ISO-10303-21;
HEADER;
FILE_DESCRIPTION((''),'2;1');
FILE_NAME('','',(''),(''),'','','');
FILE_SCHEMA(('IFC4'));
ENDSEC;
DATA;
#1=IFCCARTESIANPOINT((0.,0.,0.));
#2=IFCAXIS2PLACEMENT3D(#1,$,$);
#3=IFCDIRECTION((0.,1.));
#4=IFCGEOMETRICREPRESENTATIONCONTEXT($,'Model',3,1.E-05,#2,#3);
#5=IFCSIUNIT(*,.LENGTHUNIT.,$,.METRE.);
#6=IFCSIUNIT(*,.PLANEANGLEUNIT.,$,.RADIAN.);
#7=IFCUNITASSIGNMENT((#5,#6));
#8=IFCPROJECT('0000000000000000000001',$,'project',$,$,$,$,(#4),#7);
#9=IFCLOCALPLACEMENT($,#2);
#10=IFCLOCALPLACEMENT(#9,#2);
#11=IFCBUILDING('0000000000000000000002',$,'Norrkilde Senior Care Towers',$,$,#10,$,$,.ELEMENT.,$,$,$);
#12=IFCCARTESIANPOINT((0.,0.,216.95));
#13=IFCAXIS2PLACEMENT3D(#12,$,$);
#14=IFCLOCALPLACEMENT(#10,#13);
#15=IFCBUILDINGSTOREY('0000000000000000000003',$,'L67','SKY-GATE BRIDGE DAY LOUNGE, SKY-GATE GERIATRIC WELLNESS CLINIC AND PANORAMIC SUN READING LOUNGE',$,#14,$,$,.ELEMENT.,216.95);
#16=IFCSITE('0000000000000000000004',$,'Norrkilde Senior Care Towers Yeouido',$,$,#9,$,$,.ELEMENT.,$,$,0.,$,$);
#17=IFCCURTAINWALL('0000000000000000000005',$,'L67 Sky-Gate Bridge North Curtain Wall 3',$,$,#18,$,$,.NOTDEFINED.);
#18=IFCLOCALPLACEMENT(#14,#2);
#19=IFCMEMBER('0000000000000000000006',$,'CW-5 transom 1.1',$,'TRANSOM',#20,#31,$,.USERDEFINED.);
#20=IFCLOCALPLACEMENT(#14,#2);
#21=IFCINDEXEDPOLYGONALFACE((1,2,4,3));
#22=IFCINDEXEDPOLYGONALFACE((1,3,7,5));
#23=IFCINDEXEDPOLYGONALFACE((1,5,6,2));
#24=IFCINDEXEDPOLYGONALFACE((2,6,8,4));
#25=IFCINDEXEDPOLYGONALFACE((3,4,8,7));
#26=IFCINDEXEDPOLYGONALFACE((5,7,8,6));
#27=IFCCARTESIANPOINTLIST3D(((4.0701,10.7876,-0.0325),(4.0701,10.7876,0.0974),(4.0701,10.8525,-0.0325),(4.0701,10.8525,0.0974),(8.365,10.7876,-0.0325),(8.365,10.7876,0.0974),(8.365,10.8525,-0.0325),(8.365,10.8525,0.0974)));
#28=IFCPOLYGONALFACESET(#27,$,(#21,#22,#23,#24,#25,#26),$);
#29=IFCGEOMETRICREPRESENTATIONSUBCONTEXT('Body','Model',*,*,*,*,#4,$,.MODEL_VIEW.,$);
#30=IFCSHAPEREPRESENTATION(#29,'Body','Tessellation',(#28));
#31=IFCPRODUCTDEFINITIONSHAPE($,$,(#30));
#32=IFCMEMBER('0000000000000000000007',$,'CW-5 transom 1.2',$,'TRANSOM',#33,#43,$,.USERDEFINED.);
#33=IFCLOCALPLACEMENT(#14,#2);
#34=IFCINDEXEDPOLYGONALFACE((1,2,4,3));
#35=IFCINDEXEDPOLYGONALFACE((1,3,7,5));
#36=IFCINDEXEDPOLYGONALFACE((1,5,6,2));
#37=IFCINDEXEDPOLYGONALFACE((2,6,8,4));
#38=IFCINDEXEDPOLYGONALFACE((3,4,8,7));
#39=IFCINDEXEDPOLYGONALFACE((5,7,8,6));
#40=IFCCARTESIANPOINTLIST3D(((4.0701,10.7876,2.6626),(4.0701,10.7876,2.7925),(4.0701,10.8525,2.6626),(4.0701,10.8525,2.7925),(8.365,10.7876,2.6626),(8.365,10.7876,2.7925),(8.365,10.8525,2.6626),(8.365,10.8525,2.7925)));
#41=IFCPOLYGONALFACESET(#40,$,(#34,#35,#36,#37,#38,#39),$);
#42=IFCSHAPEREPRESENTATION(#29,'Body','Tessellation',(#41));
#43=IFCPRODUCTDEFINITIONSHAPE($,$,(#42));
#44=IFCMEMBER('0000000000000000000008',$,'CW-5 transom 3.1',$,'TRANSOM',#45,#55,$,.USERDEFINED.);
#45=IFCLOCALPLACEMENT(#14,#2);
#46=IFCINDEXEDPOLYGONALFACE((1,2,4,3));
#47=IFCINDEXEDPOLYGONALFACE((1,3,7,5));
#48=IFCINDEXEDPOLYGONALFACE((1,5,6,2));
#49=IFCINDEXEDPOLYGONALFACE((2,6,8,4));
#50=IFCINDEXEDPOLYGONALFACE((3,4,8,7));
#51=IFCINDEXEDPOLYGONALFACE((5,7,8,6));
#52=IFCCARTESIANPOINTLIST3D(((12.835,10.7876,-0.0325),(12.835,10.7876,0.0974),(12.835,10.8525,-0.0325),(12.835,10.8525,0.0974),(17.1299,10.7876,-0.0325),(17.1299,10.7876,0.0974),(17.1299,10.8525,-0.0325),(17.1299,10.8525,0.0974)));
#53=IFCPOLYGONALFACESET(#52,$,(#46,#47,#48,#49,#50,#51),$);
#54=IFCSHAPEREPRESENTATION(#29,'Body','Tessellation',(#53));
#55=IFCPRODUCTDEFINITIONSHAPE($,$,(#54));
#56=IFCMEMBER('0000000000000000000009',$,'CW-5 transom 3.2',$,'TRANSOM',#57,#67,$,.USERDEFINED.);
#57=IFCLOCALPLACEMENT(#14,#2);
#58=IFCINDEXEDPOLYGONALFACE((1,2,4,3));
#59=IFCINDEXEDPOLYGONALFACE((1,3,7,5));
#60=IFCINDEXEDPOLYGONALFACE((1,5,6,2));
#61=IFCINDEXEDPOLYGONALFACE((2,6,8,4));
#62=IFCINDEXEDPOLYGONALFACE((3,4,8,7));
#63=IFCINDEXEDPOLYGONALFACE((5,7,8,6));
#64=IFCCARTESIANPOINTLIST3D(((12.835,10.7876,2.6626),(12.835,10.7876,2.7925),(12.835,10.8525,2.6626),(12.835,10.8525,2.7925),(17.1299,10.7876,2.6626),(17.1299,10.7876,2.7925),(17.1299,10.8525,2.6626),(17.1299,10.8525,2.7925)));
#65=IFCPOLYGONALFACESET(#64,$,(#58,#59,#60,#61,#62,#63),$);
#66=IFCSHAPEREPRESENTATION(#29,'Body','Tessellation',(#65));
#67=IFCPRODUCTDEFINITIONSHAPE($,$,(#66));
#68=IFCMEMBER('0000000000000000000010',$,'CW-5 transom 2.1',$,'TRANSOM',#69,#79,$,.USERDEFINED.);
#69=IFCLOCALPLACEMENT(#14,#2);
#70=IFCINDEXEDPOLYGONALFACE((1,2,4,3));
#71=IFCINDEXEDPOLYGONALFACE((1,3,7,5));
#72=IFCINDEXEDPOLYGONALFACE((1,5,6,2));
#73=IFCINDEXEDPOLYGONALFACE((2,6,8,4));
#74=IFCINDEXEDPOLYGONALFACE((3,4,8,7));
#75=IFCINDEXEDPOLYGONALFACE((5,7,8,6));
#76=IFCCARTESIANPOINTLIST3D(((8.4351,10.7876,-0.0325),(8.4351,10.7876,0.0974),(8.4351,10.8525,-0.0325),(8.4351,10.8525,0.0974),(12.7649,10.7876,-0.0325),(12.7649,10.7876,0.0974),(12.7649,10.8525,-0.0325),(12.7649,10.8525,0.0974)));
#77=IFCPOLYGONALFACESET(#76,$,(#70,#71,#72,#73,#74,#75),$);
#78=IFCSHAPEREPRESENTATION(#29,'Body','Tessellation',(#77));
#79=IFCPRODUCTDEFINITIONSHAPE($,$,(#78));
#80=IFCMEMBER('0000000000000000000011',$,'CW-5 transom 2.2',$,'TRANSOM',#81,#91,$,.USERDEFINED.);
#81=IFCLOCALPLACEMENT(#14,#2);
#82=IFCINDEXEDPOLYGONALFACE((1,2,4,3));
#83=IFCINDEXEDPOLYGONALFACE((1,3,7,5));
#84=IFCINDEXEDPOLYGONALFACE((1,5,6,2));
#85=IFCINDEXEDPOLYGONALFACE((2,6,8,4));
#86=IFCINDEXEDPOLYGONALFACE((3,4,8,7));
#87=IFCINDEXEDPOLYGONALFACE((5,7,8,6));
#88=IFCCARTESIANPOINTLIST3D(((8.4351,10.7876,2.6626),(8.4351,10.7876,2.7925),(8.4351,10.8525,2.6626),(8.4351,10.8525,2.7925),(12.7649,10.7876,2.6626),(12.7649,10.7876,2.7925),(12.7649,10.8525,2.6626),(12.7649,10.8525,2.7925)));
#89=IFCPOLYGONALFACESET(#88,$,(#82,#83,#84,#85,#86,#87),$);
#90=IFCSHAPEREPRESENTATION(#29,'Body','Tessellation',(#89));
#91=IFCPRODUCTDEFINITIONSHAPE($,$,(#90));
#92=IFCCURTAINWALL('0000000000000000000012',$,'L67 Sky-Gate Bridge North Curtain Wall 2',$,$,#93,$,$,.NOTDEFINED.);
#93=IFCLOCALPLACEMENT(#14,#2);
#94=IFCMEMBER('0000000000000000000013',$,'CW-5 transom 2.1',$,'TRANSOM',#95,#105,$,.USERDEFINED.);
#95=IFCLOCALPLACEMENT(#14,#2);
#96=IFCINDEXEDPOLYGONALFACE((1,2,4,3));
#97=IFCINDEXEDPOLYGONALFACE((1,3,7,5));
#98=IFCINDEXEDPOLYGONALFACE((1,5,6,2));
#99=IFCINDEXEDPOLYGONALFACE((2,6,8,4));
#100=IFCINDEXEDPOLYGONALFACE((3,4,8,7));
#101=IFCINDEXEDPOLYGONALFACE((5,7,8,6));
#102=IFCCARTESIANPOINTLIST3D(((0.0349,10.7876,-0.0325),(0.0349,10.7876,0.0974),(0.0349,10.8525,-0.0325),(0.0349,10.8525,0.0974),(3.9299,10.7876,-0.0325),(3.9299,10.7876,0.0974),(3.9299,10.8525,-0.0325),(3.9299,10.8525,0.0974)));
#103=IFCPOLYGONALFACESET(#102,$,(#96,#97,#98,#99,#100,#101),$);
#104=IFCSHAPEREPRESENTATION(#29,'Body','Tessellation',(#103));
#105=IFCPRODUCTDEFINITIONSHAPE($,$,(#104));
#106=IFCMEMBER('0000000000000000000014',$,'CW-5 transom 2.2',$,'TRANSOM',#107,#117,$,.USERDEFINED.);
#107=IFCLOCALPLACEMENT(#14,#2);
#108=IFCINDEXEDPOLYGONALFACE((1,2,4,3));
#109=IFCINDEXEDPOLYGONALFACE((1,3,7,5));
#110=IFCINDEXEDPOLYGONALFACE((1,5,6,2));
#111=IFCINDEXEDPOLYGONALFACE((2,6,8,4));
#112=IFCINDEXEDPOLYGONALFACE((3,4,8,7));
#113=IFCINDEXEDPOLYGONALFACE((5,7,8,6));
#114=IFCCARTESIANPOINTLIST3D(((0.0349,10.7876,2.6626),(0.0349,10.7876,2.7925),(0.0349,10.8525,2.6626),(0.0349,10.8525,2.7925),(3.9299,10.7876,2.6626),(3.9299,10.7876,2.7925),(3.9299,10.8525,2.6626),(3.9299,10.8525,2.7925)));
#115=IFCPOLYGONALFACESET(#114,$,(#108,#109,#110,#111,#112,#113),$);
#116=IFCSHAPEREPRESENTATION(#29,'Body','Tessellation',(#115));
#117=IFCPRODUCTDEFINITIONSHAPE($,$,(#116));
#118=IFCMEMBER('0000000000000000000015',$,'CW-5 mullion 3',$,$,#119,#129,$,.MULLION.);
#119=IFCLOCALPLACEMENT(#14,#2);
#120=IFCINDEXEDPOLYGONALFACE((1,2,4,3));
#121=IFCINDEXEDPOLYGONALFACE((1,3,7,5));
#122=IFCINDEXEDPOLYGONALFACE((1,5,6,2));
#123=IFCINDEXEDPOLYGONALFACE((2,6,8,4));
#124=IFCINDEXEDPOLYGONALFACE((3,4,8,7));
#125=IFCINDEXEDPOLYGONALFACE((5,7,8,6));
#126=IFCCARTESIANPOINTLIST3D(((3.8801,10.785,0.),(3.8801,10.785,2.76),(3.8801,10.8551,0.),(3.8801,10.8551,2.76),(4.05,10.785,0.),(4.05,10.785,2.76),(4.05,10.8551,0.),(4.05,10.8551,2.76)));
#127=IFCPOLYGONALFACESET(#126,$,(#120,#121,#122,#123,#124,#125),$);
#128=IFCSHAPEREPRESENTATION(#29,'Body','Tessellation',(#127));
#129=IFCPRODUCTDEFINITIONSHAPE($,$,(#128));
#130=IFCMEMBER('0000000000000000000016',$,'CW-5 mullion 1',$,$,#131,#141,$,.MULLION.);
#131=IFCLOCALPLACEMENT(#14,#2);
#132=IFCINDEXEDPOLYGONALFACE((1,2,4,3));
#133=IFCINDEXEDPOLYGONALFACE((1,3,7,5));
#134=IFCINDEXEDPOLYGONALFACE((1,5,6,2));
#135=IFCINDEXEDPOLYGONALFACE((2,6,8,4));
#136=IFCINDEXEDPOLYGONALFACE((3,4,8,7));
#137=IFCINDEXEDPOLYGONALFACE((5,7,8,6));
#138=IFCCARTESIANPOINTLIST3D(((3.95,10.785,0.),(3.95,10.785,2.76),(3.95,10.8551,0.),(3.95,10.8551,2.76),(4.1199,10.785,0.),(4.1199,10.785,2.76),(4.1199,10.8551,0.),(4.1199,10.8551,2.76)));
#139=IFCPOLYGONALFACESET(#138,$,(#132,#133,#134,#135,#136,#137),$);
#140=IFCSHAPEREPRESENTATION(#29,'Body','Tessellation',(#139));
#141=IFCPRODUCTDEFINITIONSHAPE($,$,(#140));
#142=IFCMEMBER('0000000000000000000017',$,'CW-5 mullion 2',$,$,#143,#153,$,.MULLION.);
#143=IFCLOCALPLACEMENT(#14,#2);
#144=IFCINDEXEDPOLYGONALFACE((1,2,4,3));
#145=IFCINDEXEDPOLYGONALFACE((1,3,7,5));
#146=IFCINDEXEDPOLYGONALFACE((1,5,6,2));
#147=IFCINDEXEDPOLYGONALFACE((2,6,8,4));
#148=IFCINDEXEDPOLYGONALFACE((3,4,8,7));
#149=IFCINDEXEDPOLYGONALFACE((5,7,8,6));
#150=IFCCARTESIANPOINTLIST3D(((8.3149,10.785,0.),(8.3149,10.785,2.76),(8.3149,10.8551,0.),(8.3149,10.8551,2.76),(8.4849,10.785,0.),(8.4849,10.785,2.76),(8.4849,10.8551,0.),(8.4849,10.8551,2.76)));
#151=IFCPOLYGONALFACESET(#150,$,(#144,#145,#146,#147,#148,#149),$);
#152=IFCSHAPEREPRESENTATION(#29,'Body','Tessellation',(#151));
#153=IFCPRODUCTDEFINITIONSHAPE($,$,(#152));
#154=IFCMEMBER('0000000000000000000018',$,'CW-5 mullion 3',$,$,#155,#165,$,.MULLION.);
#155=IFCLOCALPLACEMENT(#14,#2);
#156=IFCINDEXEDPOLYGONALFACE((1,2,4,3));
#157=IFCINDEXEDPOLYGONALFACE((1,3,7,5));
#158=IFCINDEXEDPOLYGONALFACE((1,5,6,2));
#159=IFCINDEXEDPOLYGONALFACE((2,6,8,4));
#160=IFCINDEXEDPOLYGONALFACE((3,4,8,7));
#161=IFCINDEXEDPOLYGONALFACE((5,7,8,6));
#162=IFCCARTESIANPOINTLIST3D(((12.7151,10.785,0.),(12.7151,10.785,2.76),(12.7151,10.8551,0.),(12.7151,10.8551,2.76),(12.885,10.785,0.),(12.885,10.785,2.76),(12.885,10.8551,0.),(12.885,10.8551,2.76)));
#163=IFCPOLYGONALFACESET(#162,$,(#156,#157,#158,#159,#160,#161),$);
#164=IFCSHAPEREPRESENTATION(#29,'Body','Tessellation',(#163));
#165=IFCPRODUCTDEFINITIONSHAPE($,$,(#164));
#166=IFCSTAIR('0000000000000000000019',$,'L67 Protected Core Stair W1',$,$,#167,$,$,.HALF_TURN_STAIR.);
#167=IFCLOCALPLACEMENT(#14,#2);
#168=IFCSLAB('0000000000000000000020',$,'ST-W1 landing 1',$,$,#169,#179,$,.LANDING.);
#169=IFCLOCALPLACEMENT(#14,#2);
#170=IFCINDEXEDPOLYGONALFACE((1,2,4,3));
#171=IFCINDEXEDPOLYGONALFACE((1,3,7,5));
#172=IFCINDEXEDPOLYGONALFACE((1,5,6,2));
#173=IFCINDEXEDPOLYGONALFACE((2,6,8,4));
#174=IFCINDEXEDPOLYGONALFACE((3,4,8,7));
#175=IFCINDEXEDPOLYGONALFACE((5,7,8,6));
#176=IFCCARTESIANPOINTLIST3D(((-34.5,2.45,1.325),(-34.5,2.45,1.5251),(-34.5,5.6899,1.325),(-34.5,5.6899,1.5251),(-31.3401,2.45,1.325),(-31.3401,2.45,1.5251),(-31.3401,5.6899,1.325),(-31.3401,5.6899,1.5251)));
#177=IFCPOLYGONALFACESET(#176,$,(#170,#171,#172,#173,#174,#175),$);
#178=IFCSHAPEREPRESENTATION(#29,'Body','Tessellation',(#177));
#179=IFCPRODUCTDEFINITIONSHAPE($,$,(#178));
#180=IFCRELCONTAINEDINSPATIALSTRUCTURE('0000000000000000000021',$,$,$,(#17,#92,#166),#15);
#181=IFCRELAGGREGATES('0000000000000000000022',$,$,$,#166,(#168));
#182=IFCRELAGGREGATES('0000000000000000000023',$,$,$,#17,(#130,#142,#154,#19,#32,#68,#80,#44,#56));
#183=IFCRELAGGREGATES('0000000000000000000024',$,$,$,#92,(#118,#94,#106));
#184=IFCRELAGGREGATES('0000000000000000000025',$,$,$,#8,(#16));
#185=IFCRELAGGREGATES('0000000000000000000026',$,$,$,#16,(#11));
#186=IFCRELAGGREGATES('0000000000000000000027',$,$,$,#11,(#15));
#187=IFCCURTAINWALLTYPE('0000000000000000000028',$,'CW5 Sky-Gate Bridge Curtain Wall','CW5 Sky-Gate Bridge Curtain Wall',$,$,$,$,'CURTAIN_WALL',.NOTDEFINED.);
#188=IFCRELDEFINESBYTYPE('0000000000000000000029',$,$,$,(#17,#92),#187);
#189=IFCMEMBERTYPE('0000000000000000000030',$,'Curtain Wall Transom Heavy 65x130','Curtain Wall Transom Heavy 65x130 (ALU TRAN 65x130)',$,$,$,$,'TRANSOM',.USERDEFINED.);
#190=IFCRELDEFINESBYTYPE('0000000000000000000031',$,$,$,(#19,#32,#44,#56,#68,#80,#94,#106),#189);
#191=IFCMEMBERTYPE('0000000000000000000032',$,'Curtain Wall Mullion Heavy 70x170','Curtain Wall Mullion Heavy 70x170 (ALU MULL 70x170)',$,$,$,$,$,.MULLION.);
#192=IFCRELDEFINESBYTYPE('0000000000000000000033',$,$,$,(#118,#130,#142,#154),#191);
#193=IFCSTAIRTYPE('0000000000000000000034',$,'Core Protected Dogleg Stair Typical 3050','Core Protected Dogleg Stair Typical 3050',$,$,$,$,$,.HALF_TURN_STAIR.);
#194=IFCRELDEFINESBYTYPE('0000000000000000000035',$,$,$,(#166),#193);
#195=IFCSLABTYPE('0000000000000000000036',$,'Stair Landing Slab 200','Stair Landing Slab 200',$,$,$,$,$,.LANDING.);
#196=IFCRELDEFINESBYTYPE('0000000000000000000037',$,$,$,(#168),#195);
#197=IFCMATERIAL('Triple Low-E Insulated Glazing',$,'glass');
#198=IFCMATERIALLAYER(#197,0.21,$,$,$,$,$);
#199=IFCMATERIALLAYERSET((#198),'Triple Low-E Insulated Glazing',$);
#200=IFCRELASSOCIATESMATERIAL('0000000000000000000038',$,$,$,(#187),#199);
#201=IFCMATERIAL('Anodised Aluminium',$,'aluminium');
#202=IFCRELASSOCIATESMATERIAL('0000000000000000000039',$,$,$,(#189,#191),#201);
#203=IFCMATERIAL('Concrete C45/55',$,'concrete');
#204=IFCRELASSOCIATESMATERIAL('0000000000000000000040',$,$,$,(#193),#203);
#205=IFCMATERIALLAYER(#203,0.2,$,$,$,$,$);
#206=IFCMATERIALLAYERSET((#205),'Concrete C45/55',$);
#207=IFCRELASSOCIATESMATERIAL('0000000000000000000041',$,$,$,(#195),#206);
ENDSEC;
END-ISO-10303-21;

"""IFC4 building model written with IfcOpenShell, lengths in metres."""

from ifc_helpers import new_model, si_unit, direction, frame, origin, origin_2d, place, context, subcontext, project, spatial, polyline, rectangle, outline, extrude, source, transform, mapped, material, layer, layer_set, material_profile, profile_set, type_object, type_shapes, element, aggregate, save


model = new_model("IFC4")

# Units and contexts
model_context = context("Model", 3, precision=1e-05, world=origin(), true_north=direction((0.0, 1.0)))
body_context = subcontext(model_context, "Body", "Model", "MODEL_VIEW")
ifc_project = project(units=[si_unit("LENGTHUNIT", "METRE"), si_unit("PLANEANGLEUNIT", "RADIAN")], contexts=[model_context])

# Site, building, storey
site_placement = place(None, origin())
site = spatial("IfcSite", under=ifc_project, at=site_placement, Name="Norrkilde Senior Care Towers Yeouido", CompositionType="ELEMENT", RefElevation=0.0)
building_placement = place(site_placement, origin())
building = spatial("IfcBuilding", under=site, at=building_placement, Name="Norrkilde Senior Care Towers", CompositionType="ELEMENT")
storey_placement = place(building_placement, frame((0.0, 0.0, 216.95)))
storey = spatial("IfcBuildingStorey", under=building, at=storey_placement, Name="L67", Description="SKY-GATE BRIDGE DAY LOUNGE, SKY-GATE GERIATRIC WELLNESS CLINIC AND PANORAMIC SUN READING LOUNGE", CompositionType="ELEMENT", Elevation=216.95)

# Curtain walls, members
ifc_material_1 = material(Name="Triple Low-E Insulated Glazing", Category="glass")
ifc_layer_1 = layer(ifc_material_1, 0.21)
ifc_layer_set_1 = layer_set([ifc_layer_1], Name="Triple Low-E Insulated Glazing")
curtain_wall_type = type_object("IfcCurtainWallType", Name="CW5 Sky-Gate Bridge Curtain Wall", Description="CW5 Sky-Gate Bridge Curtain Wall", ElementType="CURTAIN_WALL", PredefinedType="NOTDEFINED", material=ifc_layer_set_1)
curtain_wall_1_placement = place(storey_placement, origin())
curtain_wall_1 = element("IfcCurtainWall", 1, at=curtain_wall_1_placement, inside=storey, type_object=curtain_wall_type, Name="L67 Sky-Gate Bridge North Curtain Wall 3", PredefinedType="NOTDEFINED")
ifc_material_2 = material(Name="Anodised Aluminium", Category="aluminium")
ifc_material_profile_1 = material_profile(ifc_material_2, rectangle(XDim=0.0649, YDim=0.1299, at=origin_2d()), Name="ALU TRAN 65x130")
ifc_profile_set_1 = profile_set([ifc_material_profile_1], Name="Anodised Aluminium")
member_type_1 = type_object("IfcMemberType", Name="Curtain Wall Transom Heavy 65x130", Description="Curtain Wall Transom Heavy 65x130 (ALU TRAN 65x130)", ElementType="TRANSOM", PredefinedType="USERDEFINED", material=ifc_profile_set_1)
shared_shape_1 = source(origin(), body_context, "Body", "SweptSolid", [
    extrude(rectangle(XDim=0.0649, YDim=0.1299, at=origin_2d()), origin(), (0.0, 0.0, 1.0), 4.2949),
])
member_1_placement = place(storey_placement, frame((4.0701, 10.8201, 0.0325), z_axis=(1.0, 0.0, 0.0), x_axis=(0.0, 1.0, 0.0)))
member_1 = element("IfcMember", 2, at=member_1_placement, type_object=member_type_1, Name="CW-5 transom 1.1", ObjectType="TRANSOM", PredefinedType="USERDEFINED", context=body_context, shape_type="MappedRepresentation", body=[
    mapped(shared_shape_1, transform((0.0, 0.0, 0.0), x_axis=(1.0, 0.0, 0.0), y_axis=(0.0, 1.0, 0.0), z_axis=(0.0, 0.0, 1.0), scale=1.0)),
])
member_2_placement = place(storey_placement, frame((4.0701, 10.8201, 2.7275), z_axis=(1.0, 0.0, 0.0), x_axis=(0.0, 1.0, 0.0)))
member_2 = element("IfcMember", 3, at=member_2_placement, type_object=member_type_1, Name="CW-5 transom 1.2", ObjectType="TRANSOM", PredefinedType="USERDEFINED", context=body_context, shape_type="MappedRepresentation", body=[
    mapped(shared_shape_1, transform((0.0, 0.0, 0.0), x_axis=(1.0, 0.0, 0.0), y_axis=(0.0, 1.0, 0.0), z_axis=(0.0, 0.0, 1.0), scale=1.0)),
])
member_3_placement = place(storey_placement, frame((12.835, 10.8201, 0.0325), z_axis=(1.0, 0.0, 0.0), x_axis=(0.0, 1.0, 0.0)))
member_3 = element("IfcMember", 4, at=member_3_placement, type_object=member_type_1, Name="CW-5 transom 3.1", ObjectType="TRANSOM", PredefinedType="USERDEFINED", context=body_context, shape_type="MappedRepresentation", body=[
    mapped(shared_shape_1, transform((0.0, 0.0, 0.0), x_axis=(1.0, 0.0, 0.0), y_axis=(0.0, 1.0, 0.0), z_axis=(0.0, 0.0, 1.0), scale=1.0)),
])
member_4_placement = place(storey_placement, frame((12.835, 10.8201, 2.7275), z_axis=(1.0, 0.0, 0.0), x_axis=(0.0, 1.0, 0.0)))
member_4 = element("IfcMember", 5, at=member_4_placement, type_object=member_type_1, Name="CW-5 transom 3.2", ObjectType="TRANSOM", PredefinedType="USERDEFINED", context=body_context, shape_type="MappedRepresentation", body=[
    mapped(shared_shape_1, transform((0.0, 0.0, 0.0), x_axis=(1.0, 0.0, 0.0), y_axis=(0.0, 1.0, 0.0), z_axis=(0.0, 0.0, 1.0), scale=1.0)),
])
shared_shape_2 = source(origin(), body_context, "Body", "SweptSolid", [
    extrude(rectangle(XDim=0.0649, YDim=0.1299, at=origin_2d()), origin(), (0.0, 0.0, 1.0), 4.3298),
])
member_5_placement = place(storey_placement, frame((8.4351, 10.8201, 0.0325), z_axis=(1.0, 0.0, 0.0), x_axis=(0.0, 1.0, 0.0)))
member_5 = element("IfcMember", 6, at=member_5_placement, type_object=member_type_1, Name="CW-5 transom 2.1", ObjectType="TRANSOM", PredefinedType="USERDEFINED", context=body_context, shape_type="MappedRepresentation", body=[
    mapped(shared_shape_2, transform((0.0, 0.0, 0.0), x_axis=(1.0, 0.0, 0.0), y_axis=(0.0, 1.0, 0.0), z_axis=(0.0, 0.0, 1.0), scale=1.0)),
])
member_6_placement = place(storey_placement, frame((8.4351, 10.8201, 2.7275), z_axis=(1.0, 0.0, 0.0), x_axis=(0.0, 1.0, 0.0)))
member_6 = element("IfcMember", 7, at=member_6_placement, type_object=member_type_1, Name="CW-5 transom 2.2", ObjectType="TRANSOM", PredefinedType="USERDEFINED", context=body_context, shape_type="MappedRepresentation", body=[
    mapped(shared_shape_2, transform((0.0, 0.0, 0.0), x_axis=(1.0, 0.0, 0.0), y_axis=(0.0, 1.0, 0.0), z_axis=(0.0, 0.0, 1.0), scale=1.0)),
])
curtain_wall_2_placement = place(storey_placement, origin())
curtain_wall_2 = element("IfcCurtainWall", 8, at=curtain_wall_2_placement, inside=storey, type_object=curtain_wall_type, Name="L67 Sky-Gate Bridge North Curtain Wall 2", PredefinedType="NOTDEFINED")
shared_shape_3 = source(origin(), body_context, "Body", "SweptSolid", [
    extrude(rectangle(XDim=0.0649, YDim=0.1299, at=origin_2d()), origin(), (0.0, 0.0, 1.0), 3.895),
])
type_shapes(member_type_1, [shared_shape_1, shared_shape_2, shared_shape_3])
member_7_placement = place(storey_placement, frame((0.0349, 10.8201, 0.0325), z_axis=(1.0, 0.0, 0.0), x_axis=(0.0, 1.0, 0.0)))
member_7 = element("IfcMember", 9, at=member_7_placement, type_object=member_type_1, Name="CW-5 transom 2.1", ObjectType="TRANSOM", PredefinedType="USERDEFINED", context=body_context, shape_type="MappedRepresentation", body=[
    mapped(shared_shape_3, transform((0.0, 0.0, 0.0), x_axis=(1.0, 0.0, 0.0), y_axis=(0.0, 1.0, 0.0), z_axis=(0.0, 0.0, 1.0), scale=1.0)),
])
member_8_placement = place(storey_placement, frame((0.0349, 10.8201, 2.7275), z_axis=(1.0, 0.0, 0.0), x_axis=(0.0, 1.0, 0.0)))
member_8 = element("IfcMember", 10, at=member_8_placement, type_object=member_type_1, Name="CW-5 transom 2.2", ObjectType="TRANSOM", PredefinedType="USERDEFINED", context=body_context, shape_type="MappedRepresentation", body=[
    mapped(shared_shape_3, transform((0.0, 0.0, 0.0), x_axis=(1.0, 0.0, 0.0), y_axis=(0.0, 1.0, 0.0), z_axis=(0.0, 0.0, 1.0), scale=1.0)),
])
ifc_material_profile_2 = material_profile(ifc_material_2, rectangle(XDim=0.0701, YDim=0.1699, at=origin_2d()), Name="ALU MULL 70x170")
ifc_profile_set_2 = profile_set([ifc_material_profile_2], Name="Anodised Aluminium")
member_type_2 = type_object("IfcMemberType", Name="Curtain Wall Mullion Heavy 70x170", Description="Curtain Wall Mullion Heavy 70x170 (ALU MULL 70x170)", PredefinedType="MULLION", material=ifc_profile_set_2)
shared_shape_4 = source(origin(), body_context, "Body", "SweptSolid", [
    extrude(rectangle(XDim=0.0701, YDim=0.1699, at=origin_2d()), origin(), (0.0, 0.0, 1.0), 2.76),
])
type_shapes(member_type_2, [shared_shape_4])
member_9_placement = place(storey_placement, frame((3.9651, 10.8201, 0.0), z_axis=(0.0, 0.0, 1.0), x_axis=(0.0, 1.0, 0.0)))
member_9 = element("IfcMember", 11, at=member_9_placement, type_object=member_type_2, Name="CW-5 mullion 3", PredefinedType="MULLION", context=body_context, shape_type="MappedRepresentation", body=[
    mapped(shared_shape_4, transform((0.0, 0.0, 0.0), x_axis=(1.0, 0.0, 0.0), y_axis=(0.0, 1.0, 0.0), z_axis=(0.0, 0.0, 1.0), scale=1.0)),
])

# Members
member_10_placement = place(storey_placement, frame((4.0349, 10.8201, 0.0), z_axis=(0.0, 0.0, 1.0), x_axis=(0.0, 1.0, 0.0)))
member_10 = element("IfcMember", 12, at=member_10_placement, type_object=member_type_2, Name="CW-5 mullion 1", PredefinedType="MULLION", context=body_context, shape_type="MappedRepresentation", body=[
    mapped(shared_shape_4, transform((0.0, 0.0, 0.0), x_axis=(1.0, 0.0, 0.0), y_axis=(0.0, 1.0, 0.0), z_axis=(0.0, 0.0, 1.0), scale=1.0)),
])
member_11_placement = place(storey_placement, frame((8.3999, 10.8201, 0.0), z_axis=(0.0, 0.0, 1.0), x_axis=(0.0, 1.0, 0.0)))
member_11 = element("IfcMember", 13, at=member_11_placement, type_object=member_type_2, Name="CW-5 mullion 2", PredefinedType="MULLION", context=body_context, shape_type="MappedRepresentation", body=[
    mapped(shared_shape_4, transform((0.0, 0.0, 0.0), x_axis=(1.0, 0.0, 0.0), y_axis=(0.0, 1.0, 0.0), z_axis=(0.0, 0.0, 1.0), scale=1.0)),
])
member_12_placement = place(storey_placement, frame((12.8, 10.8201, 0.0), z_axis=(0.0, 0.0, 1.0), x_axis=(0.0, 1.0, 0.0)))
member_12 = element("IfcMember", 14, at=member_12_placement, type_object=member_type_2, Name="CW-5 mullion 3", PredefinedType="MULLION", context=body_context, shape_type="MappedRepresentation", body=[
    mapped(shared_shape_4, transform((0.0, 0.0, 0.0), x_axis=(1.0, 0.0, 0.0), y_axis=(0.0, 1.0, 0.0), z_axis=(0.0, 0.0, 1.0), scale=1.0)),
])

# Stair, slab
ifc_material_3 = material(Name="Concrete C45/55", Category="concrete")
stair_type = type_object("IfcStairType", Name="Core Protected Dogleg Stair Typical 3050", Description="Core Protected Dogleg Stair Typical 3050", PredefinedType="HALF_TURN_STAIR", material=ifc_material_3)
stair_1_placement = place(storey_placement, origin())
stair_1 = element("IfcStair", 15, at=stair_1_placement, inside=storey, type_object=stair_type, Name="L67 Protected Core Stair W1", PredefinedType="HALF_TURN_STAIR")
ifc_layer_2 = layer(ifc_material_3, 0.2)
ifc_layer_set_2 = layer_set([ifc_layer_2], Name="Concrete C45/55")
slab_type = type_object("IfcSlabType", Name="Stair Landing Slab 200", Description="Stair Landing Slab 200", PredefinedType="LANDING", material=ifc_layer_set_2)
slab_1_placement = place(storey_placement, frame((0.0, 0.0, 1.325)))
slab_1 = element("IfcSlab", 16, at=slab_1_placement, type_object=slab_type, Name="ST-W1 landing 1", PredefinedType="LANDING", context=body_context, shape_type="SweptSolid", body=[
    extrude(outline(polyline([(-31.3401, 5.6899), (-34.5, 5.6899), (-34.5, 2.45), (-31.3401, 2.45), (-31.3401, 5.6899)])), origin(), (0.0, 0.0, 1.0), 0.2002),
])
aggregate(stair_1, [slab_1])

aggregate(curtain_wall_1, [member_10, member_11, member_12, member_1, member_2, member_5, member_6, member_3, member_4])
aggregate(curtain_wall_2, [member_9, member_7, member_8])

save(model, "model.ifc")
